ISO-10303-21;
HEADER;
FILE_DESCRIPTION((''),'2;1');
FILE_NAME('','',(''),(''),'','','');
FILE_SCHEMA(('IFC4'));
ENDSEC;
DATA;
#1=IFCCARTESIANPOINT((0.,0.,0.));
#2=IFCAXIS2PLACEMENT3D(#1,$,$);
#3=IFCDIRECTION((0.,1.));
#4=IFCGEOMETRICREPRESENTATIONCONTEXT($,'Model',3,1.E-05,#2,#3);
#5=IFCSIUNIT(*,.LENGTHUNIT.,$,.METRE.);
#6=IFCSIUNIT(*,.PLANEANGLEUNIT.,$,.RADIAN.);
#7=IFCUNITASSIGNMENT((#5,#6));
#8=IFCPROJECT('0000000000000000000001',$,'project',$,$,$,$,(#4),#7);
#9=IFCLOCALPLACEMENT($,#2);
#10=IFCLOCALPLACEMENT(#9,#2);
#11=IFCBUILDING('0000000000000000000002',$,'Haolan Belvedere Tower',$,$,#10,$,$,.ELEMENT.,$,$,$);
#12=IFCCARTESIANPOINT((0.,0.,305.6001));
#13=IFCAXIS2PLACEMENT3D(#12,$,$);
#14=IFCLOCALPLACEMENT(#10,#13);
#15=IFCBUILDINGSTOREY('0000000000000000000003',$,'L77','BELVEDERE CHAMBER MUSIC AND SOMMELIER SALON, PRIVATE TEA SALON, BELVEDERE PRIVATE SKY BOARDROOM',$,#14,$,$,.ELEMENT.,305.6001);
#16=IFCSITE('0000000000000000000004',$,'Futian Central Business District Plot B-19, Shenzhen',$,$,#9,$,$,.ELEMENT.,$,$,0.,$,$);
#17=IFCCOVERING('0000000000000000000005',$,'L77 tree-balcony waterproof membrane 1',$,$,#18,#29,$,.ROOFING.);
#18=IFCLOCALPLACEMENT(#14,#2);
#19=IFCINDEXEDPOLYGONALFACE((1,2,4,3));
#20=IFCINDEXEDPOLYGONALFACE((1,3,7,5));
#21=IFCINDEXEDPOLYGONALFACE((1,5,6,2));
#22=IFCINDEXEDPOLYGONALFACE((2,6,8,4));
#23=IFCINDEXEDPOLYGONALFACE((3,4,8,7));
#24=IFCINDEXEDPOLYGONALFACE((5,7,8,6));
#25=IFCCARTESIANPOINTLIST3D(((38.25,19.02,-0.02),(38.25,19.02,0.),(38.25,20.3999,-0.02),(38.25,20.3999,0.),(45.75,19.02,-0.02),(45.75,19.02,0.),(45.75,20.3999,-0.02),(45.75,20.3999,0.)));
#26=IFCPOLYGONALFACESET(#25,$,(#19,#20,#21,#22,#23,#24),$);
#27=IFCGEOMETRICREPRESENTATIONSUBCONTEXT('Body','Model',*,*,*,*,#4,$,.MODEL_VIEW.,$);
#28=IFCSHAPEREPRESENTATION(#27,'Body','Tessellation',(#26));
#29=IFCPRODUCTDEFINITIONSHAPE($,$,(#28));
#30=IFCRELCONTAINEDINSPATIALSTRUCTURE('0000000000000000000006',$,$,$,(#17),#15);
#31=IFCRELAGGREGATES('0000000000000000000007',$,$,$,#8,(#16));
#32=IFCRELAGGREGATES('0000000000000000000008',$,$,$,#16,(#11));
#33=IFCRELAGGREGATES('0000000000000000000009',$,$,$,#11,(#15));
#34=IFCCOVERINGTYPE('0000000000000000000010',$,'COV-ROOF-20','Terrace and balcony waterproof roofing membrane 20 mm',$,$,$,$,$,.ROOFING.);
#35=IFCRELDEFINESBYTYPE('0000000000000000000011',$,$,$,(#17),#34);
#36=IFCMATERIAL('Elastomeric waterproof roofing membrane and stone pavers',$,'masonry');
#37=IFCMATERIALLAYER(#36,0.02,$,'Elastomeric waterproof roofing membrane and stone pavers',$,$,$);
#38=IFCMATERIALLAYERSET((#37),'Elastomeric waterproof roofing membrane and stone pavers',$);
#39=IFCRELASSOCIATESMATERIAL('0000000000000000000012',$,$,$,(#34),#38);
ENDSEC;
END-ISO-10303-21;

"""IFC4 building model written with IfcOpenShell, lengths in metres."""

from ifc_helpers import new_model, si_unit, direction, frame, origin, place, context, subcontext, project, spatial, polyline, outline, extrude, material, layer, layer_set, type_object, element, save


model = new_model("IFC4")

# Units and contexts
model_context = context("Model", 3, precision=1e-05, world=origin(), true_north=direction((0.0, 1.0)))
body_context = subcontext(model_context, "Body", "Model", "MODEL_VIEW")
ifc_project = project(units=[si_unit("LENGTHUNIT", "METRE"), si_unit("PLANEANGLEUNIT", "RADIAN")], contexts=[model_context])

# Site, building, storey
site_placement = place(None, origin())
site = spatial("IfcSite", under=ifc_project, at=site_placement, Name="Futian Central Business District Plot B-19, Shenzhen", CompositionType="ELEMENT", RefElevation=0.0)
building_placement = place(site_placement, origin())
building = spatial("IfcBuilding", under=site, at=building_placement, Name="Haolan Belvedere Tower", CompositionType="ELEMENT")
storey_placement = place(building_placement, frame((0.0, 0.0, 305.6001)))
storey = spatial("IfcBuildingStorey", under=building, at=storey_placement, Name="L77", Description="BELVEDERE CHAMBER MUSIC AND SOMMELIER SALON, PRIVATE TEA SALON, BELVEDERE PRIVATE SKY BOARDROOM", CompositionType="ELEMENT", Elevation=305.6001)

# Covering
ifc_material_1 = material(Name="Elastomeric waterproof roofing membrane and stone pavers", Category="masonry")
ifc_layer_1 = layer(ifc_material_1, 0.02, Name="Elastomeric waterproof roofing membrane and stone pavers")
ifc_layer_set_1 = layer_set([ifc_layer_1], Name="Elastomeric waterproof roofing membrane and stone pavers")
covering_type = type_object("IfcCoveringType", Name="COV-ROOF-20", Description="Terrace and balcony waterproof roofing membrane 20 mm", PredefinedType="ROOFING", material=ifc_layer_set_1)
covering_placement = place(storey_placement, frame((0.0, 0.0, -0.02)))
element("IfcCovering", 1, at=covering_placement, inside=storey, type_object=covering_type, Name="L77 tree-balcony waterproof membrane 1", PredefinedType="ROOFING", context=body_context, shape_type="SweptSolid", body=[
    extrude(outline(polyline([(38.25, 19.02), (45.75, 19.02), (45.75, 20.3999), (38.25, 20.3999), (38.25, 19.02)])), origin(), (0.0, 0.0, 1.0), 0.02),
])

save(model, "model.ifc")
